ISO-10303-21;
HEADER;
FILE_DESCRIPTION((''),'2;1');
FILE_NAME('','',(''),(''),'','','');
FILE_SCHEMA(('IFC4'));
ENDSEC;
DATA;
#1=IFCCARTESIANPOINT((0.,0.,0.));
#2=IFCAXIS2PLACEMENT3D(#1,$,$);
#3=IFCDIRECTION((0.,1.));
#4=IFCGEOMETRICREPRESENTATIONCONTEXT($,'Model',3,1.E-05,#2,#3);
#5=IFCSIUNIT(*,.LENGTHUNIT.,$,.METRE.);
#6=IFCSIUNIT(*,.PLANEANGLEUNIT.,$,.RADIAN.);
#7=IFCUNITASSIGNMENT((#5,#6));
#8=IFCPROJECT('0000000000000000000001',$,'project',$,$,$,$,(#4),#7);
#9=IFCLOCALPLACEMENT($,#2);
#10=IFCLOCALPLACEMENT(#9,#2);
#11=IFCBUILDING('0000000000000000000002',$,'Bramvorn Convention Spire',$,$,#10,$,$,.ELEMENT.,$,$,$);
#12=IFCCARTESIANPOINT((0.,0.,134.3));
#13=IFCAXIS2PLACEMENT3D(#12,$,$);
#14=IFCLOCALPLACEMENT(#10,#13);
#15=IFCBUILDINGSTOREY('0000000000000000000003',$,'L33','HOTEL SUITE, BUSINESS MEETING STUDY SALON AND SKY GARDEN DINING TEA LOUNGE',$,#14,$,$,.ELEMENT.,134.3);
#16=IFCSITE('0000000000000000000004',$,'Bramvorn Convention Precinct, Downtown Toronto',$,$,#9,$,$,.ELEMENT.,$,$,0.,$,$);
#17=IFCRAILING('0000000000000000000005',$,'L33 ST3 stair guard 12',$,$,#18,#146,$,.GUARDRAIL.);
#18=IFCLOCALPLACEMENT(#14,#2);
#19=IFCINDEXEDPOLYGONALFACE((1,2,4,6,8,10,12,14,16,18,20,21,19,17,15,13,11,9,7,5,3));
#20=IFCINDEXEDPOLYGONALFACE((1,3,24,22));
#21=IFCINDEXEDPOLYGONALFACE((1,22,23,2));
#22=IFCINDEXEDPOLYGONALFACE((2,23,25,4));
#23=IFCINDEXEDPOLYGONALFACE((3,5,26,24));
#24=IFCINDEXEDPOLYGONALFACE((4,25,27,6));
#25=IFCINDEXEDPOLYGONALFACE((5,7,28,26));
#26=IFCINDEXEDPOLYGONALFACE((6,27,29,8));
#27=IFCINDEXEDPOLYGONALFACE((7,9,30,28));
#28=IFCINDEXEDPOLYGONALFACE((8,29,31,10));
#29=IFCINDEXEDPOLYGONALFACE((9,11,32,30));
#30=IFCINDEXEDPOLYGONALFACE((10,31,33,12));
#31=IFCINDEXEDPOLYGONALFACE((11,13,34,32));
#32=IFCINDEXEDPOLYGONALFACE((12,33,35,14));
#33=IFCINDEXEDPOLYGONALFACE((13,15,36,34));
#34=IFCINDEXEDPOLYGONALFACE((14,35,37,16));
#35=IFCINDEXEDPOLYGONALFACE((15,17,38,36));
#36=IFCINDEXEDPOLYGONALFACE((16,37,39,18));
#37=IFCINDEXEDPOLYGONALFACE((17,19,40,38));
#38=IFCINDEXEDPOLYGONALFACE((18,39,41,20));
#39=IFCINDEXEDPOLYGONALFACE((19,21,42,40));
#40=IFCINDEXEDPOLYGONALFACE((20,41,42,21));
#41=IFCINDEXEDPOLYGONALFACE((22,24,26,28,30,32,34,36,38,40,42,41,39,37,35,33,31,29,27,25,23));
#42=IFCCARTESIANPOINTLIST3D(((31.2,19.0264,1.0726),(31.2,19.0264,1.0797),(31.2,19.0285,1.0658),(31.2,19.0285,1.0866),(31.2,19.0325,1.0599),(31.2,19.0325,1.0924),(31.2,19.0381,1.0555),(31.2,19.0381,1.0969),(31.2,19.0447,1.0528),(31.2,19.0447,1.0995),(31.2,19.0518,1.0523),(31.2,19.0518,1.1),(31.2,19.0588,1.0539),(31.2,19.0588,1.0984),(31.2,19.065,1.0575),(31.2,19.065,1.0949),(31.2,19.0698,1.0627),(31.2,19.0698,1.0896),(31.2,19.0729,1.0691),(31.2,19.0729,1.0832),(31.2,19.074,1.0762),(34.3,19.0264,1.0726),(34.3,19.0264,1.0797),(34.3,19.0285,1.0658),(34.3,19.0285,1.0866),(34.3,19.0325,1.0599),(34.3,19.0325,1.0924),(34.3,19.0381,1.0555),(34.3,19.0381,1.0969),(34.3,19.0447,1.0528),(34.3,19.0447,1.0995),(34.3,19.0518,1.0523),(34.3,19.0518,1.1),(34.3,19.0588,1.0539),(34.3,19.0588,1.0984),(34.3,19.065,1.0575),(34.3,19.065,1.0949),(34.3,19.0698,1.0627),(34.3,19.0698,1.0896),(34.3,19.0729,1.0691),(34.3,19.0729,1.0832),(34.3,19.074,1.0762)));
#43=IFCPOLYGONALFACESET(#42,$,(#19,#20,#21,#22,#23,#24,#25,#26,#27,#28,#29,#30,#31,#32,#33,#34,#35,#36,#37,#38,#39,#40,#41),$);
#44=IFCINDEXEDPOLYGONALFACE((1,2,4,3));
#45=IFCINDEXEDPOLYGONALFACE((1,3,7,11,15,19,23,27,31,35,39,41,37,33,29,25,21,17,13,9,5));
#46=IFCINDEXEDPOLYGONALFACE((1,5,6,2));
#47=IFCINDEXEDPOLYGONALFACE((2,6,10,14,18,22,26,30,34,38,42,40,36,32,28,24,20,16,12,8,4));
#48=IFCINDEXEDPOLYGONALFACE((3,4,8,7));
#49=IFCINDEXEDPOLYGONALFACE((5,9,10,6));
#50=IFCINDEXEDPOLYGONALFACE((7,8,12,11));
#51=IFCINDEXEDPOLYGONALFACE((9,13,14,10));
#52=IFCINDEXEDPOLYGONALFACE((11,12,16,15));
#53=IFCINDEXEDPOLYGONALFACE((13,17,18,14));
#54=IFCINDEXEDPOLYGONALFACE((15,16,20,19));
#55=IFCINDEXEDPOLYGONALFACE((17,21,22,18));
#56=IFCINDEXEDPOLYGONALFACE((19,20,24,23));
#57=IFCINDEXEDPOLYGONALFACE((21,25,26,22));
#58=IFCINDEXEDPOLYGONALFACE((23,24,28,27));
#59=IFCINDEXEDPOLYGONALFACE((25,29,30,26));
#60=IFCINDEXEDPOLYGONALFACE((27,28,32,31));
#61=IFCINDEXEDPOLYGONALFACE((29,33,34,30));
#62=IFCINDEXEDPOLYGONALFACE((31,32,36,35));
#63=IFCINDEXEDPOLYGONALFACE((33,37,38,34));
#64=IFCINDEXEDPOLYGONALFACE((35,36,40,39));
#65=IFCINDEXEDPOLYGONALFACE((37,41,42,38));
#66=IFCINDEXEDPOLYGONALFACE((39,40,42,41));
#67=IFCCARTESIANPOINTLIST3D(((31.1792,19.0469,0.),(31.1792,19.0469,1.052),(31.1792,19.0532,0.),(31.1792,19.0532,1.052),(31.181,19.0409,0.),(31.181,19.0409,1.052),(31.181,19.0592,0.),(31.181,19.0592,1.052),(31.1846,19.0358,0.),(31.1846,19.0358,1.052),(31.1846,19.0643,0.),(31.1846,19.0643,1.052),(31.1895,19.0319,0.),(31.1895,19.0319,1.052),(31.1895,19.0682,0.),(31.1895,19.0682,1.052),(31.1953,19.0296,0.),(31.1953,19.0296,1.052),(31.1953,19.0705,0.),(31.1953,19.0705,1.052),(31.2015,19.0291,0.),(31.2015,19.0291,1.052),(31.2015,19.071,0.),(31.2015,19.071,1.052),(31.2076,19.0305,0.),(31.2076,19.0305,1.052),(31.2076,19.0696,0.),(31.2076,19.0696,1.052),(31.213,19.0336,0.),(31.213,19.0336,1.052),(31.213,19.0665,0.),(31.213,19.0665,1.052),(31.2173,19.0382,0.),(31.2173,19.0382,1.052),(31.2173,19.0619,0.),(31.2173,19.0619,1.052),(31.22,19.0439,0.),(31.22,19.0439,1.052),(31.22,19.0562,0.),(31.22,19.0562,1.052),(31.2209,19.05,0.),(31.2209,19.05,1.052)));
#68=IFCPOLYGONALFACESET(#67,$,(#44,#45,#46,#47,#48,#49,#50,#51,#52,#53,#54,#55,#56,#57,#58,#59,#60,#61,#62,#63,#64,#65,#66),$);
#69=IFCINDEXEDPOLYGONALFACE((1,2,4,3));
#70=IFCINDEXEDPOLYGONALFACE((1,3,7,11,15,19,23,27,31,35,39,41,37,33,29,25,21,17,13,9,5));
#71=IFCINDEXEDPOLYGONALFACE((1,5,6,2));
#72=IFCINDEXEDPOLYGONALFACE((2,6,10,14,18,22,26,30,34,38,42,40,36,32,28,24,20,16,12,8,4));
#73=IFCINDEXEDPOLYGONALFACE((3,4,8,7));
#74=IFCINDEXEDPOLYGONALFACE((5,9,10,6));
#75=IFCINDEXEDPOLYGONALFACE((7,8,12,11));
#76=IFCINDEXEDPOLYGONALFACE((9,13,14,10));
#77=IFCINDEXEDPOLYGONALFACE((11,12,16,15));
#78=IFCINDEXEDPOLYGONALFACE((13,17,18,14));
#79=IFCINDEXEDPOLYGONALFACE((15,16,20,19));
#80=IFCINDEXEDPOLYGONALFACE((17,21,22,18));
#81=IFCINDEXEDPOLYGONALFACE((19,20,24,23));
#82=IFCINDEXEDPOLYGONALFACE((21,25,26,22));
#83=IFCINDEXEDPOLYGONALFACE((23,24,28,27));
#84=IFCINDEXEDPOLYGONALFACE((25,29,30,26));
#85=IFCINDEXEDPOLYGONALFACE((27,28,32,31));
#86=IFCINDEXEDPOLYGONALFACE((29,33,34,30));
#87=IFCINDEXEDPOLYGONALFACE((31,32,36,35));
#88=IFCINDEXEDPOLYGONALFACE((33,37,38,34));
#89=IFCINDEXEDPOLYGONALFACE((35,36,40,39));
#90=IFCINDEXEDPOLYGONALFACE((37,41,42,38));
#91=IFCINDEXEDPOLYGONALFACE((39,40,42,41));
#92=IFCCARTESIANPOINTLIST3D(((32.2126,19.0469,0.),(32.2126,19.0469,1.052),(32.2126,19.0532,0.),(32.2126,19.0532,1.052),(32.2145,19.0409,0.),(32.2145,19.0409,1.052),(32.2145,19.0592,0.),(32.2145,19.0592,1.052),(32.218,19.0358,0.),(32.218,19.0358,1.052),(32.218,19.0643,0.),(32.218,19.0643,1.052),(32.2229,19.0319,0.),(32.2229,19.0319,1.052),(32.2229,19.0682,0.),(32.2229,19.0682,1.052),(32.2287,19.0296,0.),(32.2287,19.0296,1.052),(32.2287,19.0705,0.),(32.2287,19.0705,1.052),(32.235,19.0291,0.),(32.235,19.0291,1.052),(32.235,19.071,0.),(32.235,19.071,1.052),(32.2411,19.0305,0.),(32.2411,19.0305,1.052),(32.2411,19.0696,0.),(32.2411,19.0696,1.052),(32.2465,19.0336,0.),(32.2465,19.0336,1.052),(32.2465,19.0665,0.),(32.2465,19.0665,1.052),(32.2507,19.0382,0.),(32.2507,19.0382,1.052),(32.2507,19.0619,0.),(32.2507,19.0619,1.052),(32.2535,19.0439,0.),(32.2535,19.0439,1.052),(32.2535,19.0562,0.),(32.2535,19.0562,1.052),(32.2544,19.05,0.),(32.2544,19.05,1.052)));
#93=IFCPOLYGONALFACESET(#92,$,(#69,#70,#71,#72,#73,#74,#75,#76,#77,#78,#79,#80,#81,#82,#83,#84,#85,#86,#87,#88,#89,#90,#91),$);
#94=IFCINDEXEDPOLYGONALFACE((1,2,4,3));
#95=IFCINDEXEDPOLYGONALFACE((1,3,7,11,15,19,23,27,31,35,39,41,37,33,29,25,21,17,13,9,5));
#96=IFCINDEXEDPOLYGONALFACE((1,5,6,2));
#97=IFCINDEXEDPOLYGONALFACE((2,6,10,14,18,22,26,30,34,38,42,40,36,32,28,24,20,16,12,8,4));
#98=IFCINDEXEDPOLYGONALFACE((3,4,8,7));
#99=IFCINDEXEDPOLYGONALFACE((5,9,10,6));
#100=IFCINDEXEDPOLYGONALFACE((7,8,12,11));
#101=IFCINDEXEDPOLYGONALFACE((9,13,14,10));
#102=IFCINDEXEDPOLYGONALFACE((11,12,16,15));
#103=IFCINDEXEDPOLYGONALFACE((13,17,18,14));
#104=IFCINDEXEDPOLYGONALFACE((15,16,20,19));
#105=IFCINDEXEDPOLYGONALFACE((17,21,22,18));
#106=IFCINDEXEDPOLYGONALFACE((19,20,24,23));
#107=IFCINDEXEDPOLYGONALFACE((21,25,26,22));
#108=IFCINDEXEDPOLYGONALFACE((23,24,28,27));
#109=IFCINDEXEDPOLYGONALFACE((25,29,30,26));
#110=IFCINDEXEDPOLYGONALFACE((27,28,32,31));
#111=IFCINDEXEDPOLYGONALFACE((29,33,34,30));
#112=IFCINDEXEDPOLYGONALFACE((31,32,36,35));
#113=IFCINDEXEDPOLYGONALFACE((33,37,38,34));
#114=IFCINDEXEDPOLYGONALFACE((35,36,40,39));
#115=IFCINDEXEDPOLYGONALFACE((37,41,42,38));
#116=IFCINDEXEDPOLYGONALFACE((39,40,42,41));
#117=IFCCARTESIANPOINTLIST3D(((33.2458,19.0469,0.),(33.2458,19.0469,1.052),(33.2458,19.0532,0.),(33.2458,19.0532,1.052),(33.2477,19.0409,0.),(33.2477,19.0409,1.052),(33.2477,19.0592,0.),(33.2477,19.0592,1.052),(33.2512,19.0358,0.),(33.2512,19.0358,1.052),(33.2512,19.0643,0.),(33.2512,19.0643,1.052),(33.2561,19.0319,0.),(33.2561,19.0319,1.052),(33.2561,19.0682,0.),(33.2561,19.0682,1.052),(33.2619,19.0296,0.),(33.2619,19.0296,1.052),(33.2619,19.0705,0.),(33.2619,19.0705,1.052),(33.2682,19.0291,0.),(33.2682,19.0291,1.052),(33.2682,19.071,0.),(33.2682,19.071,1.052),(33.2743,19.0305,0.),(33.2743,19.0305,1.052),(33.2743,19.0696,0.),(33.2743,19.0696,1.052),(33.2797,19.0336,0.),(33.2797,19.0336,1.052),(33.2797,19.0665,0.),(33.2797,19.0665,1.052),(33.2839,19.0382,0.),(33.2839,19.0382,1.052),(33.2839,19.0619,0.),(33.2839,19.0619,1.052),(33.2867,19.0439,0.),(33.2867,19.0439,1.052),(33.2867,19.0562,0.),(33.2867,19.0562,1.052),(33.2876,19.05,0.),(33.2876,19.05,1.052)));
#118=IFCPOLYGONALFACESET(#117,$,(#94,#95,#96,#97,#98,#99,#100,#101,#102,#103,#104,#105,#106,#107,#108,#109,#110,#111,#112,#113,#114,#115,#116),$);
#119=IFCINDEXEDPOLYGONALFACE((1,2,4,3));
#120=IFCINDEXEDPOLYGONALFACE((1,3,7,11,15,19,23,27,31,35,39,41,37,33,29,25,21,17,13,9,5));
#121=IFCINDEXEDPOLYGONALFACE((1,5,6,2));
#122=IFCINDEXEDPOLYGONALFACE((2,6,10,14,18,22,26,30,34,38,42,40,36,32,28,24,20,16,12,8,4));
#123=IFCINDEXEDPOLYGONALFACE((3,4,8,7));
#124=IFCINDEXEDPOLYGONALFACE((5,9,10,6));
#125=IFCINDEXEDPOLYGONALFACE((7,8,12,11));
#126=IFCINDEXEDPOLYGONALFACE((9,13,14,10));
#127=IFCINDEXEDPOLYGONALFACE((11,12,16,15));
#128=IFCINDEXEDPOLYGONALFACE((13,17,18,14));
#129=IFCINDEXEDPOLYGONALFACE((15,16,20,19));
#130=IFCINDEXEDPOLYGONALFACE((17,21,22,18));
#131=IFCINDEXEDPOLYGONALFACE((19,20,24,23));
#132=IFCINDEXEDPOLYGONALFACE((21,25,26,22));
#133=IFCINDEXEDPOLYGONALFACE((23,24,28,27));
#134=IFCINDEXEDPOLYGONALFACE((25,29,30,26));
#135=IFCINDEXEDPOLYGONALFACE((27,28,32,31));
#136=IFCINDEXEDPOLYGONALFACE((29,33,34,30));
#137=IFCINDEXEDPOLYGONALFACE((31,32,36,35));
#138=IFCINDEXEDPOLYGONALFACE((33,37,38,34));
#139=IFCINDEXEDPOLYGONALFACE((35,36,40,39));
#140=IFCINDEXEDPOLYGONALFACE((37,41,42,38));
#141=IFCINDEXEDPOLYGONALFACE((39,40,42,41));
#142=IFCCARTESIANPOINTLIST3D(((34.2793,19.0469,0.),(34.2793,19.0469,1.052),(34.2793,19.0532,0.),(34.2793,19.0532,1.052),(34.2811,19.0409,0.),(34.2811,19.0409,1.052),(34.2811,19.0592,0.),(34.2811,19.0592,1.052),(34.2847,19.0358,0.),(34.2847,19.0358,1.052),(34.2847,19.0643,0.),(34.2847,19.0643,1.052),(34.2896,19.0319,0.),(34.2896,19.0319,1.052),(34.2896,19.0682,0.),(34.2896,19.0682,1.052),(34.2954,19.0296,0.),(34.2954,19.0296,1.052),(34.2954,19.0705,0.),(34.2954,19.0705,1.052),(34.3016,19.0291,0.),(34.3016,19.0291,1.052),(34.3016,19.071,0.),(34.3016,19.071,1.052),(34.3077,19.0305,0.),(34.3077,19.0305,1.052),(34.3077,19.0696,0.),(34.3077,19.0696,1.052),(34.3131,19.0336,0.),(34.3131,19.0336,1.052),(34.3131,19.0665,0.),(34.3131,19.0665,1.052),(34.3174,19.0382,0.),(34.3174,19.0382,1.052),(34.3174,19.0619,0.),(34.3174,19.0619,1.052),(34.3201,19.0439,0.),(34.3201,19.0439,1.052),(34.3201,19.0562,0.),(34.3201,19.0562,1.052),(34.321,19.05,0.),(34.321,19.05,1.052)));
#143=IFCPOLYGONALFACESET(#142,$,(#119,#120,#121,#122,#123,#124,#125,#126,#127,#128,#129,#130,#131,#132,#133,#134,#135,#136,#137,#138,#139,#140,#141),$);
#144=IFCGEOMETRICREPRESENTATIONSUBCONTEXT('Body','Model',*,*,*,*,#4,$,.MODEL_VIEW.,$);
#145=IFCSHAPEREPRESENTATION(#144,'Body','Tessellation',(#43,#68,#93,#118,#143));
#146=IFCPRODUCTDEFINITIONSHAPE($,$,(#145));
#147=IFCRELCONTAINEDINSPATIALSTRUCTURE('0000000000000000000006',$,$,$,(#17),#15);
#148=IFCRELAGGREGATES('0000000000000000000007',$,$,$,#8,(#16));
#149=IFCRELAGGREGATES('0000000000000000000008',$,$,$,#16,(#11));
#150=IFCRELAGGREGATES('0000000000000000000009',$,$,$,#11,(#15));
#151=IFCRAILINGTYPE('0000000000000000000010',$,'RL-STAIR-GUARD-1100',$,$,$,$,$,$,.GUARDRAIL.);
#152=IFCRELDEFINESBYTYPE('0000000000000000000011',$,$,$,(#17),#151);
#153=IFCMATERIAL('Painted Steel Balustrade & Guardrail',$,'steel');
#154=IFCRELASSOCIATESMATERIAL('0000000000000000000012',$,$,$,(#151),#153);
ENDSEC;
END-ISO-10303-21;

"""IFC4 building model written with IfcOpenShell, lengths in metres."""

from ifc_helpers import new_model, si_unit, direction, frame, origin, origin_2d, place, context, subcontext, project, spatial, circle, extrude, material, type_object, element, save


model = new_model("IFC4")

# Units and contexts
model_context = context("Model", 3, precision=1e-05, world=origin(), true_north=direction((0.0, 1.0)))
body_context = subcontext(model_context, "Body", "Model", "MODEL_VIEW")
ifc_project = project(units=[si_unit("LENGTHUNIT", "METRE"), si_unit("PLANEANGLEUNIT", "RADIAN")], contexts=[model_context])

# Site, building, storey
site_placement = place(None, origin())
site = spatial("IfcSite", under=ifc_project, at=site_placement, Name="Bramvorn Convention Precinct, Downtown Toronto", CompositionType="ELEMENT", RefElevation=0.0)
building_placement = place(site_placement, origin())
building = spatial("IfcBuilding", under=site, at=building_placement, Name="Bramvorn Convention Spire", CompositionType="ELEMENT")
storey_placement = place(building_placement, frame((0.0, 0.0, 134.3)))
storey = spatial("IfcBuildingStorey", under=building, at=storey_placement, Name="L33", Description="HOTEL SUITE, BUSINESS MEETING STUDY SALON AND SKY GARDEN DINING TEA LOUNGE", CompositionType="ELEMENT", Elevation=134.3)

# Railing
ifc_material_1 = material(Name="Painted Steel Balustrade & Guardrail", Category="steel")
railing_type = type_object("IfcRailingType", Name="RL-STAIR-GUARD-1100", PredefinedType="GUARDRAIL", material=ifc_material_1)
railing_1_placement = place(storey_placement, frame((31.2, 19.05, 0.0)))
element("IfcRailing", 1, at=railing_1_placement, inside=storey, type_object=railing_type, Name="L33 ST3 stair guard 12", PredefinedType="GUARDRAIL", context=body_context, shape_type="SweptSolid", body=[
    extrude(circle(Radius=0.0239, at=origin_2d()), frame((0.0, 0.0, 1.0762), z_axis=(1.0, 0.0, 0.0), x_axis=(0.0, 1.0, 0.0)), (0.0, 0.0, 1.0), 3.1001),
    extrude(circle(Radius=0.021, at=origin_2d()), origin(), (0.0, 0.0, 1.0), 1.052),
    extrude(circle(Radius=0.021, at=origin_2d()), frame((1.0334, 0.0, 0.0)), (0.0, 0.0, 1.0), 1.052),
    extrude(circle(Radius=0.021, at=origin_2d()), frame((2.0667, 0.0, 0.0)), (0.0, 0.0, 1.0), 1.052),
    extrude(circle(Radius=0.021, at=origin_2d()), frame((3.1001, 0.0, 0.0)), (0.0, 0.0, 1.0), 1.052),
])

save(model, "model.ifc")
